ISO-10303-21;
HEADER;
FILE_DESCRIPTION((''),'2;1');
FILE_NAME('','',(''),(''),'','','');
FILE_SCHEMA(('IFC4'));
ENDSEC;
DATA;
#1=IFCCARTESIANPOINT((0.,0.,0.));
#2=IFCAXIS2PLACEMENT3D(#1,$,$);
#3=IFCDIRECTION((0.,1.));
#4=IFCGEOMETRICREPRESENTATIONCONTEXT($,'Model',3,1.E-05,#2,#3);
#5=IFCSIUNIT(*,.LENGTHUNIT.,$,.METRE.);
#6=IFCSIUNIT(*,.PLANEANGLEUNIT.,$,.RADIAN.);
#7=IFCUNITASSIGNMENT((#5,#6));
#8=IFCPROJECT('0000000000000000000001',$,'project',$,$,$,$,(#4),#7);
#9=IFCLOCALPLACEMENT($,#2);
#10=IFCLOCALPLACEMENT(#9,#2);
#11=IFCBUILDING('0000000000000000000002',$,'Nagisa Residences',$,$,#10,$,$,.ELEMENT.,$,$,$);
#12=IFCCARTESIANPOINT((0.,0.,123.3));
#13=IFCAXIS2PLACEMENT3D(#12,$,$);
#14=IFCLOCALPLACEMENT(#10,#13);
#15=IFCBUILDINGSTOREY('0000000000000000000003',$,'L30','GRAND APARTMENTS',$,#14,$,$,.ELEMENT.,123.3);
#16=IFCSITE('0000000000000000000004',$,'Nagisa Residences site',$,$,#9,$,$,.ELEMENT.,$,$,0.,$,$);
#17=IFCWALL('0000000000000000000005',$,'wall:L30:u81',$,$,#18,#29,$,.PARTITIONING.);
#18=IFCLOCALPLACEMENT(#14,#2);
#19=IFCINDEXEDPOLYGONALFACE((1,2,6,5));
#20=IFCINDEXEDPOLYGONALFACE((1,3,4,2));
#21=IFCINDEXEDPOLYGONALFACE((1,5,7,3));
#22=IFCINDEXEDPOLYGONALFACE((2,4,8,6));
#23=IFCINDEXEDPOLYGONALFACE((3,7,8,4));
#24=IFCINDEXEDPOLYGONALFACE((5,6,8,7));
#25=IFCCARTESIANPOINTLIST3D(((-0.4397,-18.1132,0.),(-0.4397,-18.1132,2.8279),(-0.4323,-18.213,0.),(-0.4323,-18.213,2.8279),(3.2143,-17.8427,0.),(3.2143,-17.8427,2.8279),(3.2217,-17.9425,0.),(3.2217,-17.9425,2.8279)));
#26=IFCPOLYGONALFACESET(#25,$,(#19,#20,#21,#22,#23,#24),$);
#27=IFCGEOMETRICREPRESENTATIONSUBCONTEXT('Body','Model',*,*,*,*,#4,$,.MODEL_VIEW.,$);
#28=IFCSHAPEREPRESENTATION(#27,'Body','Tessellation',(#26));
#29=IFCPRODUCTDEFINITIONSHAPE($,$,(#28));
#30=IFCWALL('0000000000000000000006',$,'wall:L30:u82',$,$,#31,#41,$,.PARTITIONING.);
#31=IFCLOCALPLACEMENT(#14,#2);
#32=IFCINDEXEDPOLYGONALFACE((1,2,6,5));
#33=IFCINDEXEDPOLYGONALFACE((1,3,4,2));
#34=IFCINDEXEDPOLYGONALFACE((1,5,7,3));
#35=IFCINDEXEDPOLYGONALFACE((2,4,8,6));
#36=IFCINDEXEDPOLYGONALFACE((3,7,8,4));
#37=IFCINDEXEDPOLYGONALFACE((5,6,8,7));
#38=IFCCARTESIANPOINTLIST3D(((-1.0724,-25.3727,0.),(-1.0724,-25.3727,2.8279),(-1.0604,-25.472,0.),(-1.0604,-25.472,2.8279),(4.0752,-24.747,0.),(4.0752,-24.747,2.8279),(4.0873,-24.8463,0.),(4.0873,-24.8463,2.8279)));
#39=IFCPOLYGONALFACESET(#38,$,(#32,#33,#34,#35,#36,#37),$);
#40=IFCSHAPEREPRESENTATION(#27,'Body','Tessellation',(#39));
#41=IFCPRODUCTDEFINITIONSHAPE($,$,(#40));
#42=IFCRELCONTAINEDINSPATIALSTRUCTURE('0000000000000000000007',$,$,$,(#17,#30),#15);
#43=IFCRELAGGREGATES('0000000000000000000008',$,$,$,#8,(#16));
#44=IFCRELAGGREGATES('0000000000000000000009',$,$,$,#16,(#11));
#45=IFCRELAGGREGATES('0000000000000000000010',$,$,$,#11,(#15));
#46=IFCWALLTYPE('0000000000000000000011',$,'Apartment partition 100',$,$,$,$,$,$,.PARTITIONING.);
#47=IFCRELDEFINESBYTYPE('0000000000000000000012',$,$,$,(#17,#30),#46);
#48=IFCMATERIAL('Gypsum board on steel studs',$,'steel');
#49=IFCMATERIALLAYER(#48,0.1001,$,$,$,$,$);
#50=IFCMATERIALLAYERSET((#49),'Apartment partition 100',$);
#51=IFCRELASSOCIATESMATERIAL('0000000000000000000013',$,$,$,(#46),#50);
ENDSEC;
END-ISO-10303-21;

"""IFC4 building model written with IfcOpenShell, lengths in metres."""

from ifc_helpers import new_model, si_unit, direction, frame, frame_2d, origin, place, context, subcontext, project, spatial, rectangle, extrude, material, layer, layer_set, type_object, element, save


model = new_model("IFC4")

# Units and contexts
model_context = context("Model", 3, precision=1e-05, world=origin(), true_north=direction((0.0, 1.0)))
body_context = subcontext(model_context, "Body", "Model", "MODEL_VIEW")
ifc_project = project(units=[si_unit("LENGTHUNIT", "METRE"), si_unit("PLANEANGLEUNIT", "RADIAN")], contexts=[model_context])

# Site, building, storey
site_placement = place(None, origin())
site = spatial("IfcSite", under=ifc_project, at=site_placement, Name="Nagisa Residences site", CompositionType="ELEMENT", RefElevation=0.0)
building_placement = place(site_placement, origin())
building = spatial("IfcBuilding", under=site, at=building_placement, Name="Nagisa Residences", CompositionType="ELEMENT")
storey_placement = place(building_placement, frame((0.0, 0.0, 123.3)))
storey = spatial("IfcBuildingStorey", under=building, at=storey_placement, Name="L30", Description="GRAND APARTMENTS", CompositionType="ELEMENT", Elevation=123.3)

# Shared definitions
ifc_material_1 = material(Name="Gypsum board on steel studs", Category="steel")
ifc_layer_1 = layer(ifc_material_1, 0.1001)
ifc_layer_set_1 = layer_set([ifc_layer_1], Name="Apartment partition 100")
wall_type_1 = type_object("IfcWallType", Name="Apartment partition 100", PredefinedType="PARTITIONING", material=ifc_layer_set_1)

# Walls
wall_1_placement = place(storey_placement, frame((-0.436, -18.1631, 0.0), z_axis=(0.0, 0.0, 1.0), x_axis=(0.997271, 0.073828, 0.0)))
element("IfcWall", 1, at=wall_1_placement, inside=storey, type_object=wall_type_1, Name="wall:L30:u81", PredefinedType="PARTITIONING", context=body_context, shape_type="SweptSolid", body=[
    extrude(rectangle(XDim=3.6641, YDim=0.1001, at=frame_2d((1.832, 0.0))), origin(), (0.0, 0.0, 1.0), 2.8279),
])
wall_2_placement = place(storey_placement, frame((-1.0664, -25.4224, 0.0), z_axis=(0.0, 0.0, 1.0), x_axis=(0.992693, 0.120667, 0.0)))
element("IfcWall", 2, at=wall_2_placement, inside=storey, type_object=wall_type_1, Name="wall:L30:u82", PredefinedType="PARTITIONING", context=body_context, shape_type="SweptSolid", body=[
    extrude(rectangle(XDim=5.1855, YDim=0.1001, at=frame_2d((2.5928, 0.0))), origin(), (0.0, 0.0, 1.0), 2.8279),
])

save(model, "model.ifc")
